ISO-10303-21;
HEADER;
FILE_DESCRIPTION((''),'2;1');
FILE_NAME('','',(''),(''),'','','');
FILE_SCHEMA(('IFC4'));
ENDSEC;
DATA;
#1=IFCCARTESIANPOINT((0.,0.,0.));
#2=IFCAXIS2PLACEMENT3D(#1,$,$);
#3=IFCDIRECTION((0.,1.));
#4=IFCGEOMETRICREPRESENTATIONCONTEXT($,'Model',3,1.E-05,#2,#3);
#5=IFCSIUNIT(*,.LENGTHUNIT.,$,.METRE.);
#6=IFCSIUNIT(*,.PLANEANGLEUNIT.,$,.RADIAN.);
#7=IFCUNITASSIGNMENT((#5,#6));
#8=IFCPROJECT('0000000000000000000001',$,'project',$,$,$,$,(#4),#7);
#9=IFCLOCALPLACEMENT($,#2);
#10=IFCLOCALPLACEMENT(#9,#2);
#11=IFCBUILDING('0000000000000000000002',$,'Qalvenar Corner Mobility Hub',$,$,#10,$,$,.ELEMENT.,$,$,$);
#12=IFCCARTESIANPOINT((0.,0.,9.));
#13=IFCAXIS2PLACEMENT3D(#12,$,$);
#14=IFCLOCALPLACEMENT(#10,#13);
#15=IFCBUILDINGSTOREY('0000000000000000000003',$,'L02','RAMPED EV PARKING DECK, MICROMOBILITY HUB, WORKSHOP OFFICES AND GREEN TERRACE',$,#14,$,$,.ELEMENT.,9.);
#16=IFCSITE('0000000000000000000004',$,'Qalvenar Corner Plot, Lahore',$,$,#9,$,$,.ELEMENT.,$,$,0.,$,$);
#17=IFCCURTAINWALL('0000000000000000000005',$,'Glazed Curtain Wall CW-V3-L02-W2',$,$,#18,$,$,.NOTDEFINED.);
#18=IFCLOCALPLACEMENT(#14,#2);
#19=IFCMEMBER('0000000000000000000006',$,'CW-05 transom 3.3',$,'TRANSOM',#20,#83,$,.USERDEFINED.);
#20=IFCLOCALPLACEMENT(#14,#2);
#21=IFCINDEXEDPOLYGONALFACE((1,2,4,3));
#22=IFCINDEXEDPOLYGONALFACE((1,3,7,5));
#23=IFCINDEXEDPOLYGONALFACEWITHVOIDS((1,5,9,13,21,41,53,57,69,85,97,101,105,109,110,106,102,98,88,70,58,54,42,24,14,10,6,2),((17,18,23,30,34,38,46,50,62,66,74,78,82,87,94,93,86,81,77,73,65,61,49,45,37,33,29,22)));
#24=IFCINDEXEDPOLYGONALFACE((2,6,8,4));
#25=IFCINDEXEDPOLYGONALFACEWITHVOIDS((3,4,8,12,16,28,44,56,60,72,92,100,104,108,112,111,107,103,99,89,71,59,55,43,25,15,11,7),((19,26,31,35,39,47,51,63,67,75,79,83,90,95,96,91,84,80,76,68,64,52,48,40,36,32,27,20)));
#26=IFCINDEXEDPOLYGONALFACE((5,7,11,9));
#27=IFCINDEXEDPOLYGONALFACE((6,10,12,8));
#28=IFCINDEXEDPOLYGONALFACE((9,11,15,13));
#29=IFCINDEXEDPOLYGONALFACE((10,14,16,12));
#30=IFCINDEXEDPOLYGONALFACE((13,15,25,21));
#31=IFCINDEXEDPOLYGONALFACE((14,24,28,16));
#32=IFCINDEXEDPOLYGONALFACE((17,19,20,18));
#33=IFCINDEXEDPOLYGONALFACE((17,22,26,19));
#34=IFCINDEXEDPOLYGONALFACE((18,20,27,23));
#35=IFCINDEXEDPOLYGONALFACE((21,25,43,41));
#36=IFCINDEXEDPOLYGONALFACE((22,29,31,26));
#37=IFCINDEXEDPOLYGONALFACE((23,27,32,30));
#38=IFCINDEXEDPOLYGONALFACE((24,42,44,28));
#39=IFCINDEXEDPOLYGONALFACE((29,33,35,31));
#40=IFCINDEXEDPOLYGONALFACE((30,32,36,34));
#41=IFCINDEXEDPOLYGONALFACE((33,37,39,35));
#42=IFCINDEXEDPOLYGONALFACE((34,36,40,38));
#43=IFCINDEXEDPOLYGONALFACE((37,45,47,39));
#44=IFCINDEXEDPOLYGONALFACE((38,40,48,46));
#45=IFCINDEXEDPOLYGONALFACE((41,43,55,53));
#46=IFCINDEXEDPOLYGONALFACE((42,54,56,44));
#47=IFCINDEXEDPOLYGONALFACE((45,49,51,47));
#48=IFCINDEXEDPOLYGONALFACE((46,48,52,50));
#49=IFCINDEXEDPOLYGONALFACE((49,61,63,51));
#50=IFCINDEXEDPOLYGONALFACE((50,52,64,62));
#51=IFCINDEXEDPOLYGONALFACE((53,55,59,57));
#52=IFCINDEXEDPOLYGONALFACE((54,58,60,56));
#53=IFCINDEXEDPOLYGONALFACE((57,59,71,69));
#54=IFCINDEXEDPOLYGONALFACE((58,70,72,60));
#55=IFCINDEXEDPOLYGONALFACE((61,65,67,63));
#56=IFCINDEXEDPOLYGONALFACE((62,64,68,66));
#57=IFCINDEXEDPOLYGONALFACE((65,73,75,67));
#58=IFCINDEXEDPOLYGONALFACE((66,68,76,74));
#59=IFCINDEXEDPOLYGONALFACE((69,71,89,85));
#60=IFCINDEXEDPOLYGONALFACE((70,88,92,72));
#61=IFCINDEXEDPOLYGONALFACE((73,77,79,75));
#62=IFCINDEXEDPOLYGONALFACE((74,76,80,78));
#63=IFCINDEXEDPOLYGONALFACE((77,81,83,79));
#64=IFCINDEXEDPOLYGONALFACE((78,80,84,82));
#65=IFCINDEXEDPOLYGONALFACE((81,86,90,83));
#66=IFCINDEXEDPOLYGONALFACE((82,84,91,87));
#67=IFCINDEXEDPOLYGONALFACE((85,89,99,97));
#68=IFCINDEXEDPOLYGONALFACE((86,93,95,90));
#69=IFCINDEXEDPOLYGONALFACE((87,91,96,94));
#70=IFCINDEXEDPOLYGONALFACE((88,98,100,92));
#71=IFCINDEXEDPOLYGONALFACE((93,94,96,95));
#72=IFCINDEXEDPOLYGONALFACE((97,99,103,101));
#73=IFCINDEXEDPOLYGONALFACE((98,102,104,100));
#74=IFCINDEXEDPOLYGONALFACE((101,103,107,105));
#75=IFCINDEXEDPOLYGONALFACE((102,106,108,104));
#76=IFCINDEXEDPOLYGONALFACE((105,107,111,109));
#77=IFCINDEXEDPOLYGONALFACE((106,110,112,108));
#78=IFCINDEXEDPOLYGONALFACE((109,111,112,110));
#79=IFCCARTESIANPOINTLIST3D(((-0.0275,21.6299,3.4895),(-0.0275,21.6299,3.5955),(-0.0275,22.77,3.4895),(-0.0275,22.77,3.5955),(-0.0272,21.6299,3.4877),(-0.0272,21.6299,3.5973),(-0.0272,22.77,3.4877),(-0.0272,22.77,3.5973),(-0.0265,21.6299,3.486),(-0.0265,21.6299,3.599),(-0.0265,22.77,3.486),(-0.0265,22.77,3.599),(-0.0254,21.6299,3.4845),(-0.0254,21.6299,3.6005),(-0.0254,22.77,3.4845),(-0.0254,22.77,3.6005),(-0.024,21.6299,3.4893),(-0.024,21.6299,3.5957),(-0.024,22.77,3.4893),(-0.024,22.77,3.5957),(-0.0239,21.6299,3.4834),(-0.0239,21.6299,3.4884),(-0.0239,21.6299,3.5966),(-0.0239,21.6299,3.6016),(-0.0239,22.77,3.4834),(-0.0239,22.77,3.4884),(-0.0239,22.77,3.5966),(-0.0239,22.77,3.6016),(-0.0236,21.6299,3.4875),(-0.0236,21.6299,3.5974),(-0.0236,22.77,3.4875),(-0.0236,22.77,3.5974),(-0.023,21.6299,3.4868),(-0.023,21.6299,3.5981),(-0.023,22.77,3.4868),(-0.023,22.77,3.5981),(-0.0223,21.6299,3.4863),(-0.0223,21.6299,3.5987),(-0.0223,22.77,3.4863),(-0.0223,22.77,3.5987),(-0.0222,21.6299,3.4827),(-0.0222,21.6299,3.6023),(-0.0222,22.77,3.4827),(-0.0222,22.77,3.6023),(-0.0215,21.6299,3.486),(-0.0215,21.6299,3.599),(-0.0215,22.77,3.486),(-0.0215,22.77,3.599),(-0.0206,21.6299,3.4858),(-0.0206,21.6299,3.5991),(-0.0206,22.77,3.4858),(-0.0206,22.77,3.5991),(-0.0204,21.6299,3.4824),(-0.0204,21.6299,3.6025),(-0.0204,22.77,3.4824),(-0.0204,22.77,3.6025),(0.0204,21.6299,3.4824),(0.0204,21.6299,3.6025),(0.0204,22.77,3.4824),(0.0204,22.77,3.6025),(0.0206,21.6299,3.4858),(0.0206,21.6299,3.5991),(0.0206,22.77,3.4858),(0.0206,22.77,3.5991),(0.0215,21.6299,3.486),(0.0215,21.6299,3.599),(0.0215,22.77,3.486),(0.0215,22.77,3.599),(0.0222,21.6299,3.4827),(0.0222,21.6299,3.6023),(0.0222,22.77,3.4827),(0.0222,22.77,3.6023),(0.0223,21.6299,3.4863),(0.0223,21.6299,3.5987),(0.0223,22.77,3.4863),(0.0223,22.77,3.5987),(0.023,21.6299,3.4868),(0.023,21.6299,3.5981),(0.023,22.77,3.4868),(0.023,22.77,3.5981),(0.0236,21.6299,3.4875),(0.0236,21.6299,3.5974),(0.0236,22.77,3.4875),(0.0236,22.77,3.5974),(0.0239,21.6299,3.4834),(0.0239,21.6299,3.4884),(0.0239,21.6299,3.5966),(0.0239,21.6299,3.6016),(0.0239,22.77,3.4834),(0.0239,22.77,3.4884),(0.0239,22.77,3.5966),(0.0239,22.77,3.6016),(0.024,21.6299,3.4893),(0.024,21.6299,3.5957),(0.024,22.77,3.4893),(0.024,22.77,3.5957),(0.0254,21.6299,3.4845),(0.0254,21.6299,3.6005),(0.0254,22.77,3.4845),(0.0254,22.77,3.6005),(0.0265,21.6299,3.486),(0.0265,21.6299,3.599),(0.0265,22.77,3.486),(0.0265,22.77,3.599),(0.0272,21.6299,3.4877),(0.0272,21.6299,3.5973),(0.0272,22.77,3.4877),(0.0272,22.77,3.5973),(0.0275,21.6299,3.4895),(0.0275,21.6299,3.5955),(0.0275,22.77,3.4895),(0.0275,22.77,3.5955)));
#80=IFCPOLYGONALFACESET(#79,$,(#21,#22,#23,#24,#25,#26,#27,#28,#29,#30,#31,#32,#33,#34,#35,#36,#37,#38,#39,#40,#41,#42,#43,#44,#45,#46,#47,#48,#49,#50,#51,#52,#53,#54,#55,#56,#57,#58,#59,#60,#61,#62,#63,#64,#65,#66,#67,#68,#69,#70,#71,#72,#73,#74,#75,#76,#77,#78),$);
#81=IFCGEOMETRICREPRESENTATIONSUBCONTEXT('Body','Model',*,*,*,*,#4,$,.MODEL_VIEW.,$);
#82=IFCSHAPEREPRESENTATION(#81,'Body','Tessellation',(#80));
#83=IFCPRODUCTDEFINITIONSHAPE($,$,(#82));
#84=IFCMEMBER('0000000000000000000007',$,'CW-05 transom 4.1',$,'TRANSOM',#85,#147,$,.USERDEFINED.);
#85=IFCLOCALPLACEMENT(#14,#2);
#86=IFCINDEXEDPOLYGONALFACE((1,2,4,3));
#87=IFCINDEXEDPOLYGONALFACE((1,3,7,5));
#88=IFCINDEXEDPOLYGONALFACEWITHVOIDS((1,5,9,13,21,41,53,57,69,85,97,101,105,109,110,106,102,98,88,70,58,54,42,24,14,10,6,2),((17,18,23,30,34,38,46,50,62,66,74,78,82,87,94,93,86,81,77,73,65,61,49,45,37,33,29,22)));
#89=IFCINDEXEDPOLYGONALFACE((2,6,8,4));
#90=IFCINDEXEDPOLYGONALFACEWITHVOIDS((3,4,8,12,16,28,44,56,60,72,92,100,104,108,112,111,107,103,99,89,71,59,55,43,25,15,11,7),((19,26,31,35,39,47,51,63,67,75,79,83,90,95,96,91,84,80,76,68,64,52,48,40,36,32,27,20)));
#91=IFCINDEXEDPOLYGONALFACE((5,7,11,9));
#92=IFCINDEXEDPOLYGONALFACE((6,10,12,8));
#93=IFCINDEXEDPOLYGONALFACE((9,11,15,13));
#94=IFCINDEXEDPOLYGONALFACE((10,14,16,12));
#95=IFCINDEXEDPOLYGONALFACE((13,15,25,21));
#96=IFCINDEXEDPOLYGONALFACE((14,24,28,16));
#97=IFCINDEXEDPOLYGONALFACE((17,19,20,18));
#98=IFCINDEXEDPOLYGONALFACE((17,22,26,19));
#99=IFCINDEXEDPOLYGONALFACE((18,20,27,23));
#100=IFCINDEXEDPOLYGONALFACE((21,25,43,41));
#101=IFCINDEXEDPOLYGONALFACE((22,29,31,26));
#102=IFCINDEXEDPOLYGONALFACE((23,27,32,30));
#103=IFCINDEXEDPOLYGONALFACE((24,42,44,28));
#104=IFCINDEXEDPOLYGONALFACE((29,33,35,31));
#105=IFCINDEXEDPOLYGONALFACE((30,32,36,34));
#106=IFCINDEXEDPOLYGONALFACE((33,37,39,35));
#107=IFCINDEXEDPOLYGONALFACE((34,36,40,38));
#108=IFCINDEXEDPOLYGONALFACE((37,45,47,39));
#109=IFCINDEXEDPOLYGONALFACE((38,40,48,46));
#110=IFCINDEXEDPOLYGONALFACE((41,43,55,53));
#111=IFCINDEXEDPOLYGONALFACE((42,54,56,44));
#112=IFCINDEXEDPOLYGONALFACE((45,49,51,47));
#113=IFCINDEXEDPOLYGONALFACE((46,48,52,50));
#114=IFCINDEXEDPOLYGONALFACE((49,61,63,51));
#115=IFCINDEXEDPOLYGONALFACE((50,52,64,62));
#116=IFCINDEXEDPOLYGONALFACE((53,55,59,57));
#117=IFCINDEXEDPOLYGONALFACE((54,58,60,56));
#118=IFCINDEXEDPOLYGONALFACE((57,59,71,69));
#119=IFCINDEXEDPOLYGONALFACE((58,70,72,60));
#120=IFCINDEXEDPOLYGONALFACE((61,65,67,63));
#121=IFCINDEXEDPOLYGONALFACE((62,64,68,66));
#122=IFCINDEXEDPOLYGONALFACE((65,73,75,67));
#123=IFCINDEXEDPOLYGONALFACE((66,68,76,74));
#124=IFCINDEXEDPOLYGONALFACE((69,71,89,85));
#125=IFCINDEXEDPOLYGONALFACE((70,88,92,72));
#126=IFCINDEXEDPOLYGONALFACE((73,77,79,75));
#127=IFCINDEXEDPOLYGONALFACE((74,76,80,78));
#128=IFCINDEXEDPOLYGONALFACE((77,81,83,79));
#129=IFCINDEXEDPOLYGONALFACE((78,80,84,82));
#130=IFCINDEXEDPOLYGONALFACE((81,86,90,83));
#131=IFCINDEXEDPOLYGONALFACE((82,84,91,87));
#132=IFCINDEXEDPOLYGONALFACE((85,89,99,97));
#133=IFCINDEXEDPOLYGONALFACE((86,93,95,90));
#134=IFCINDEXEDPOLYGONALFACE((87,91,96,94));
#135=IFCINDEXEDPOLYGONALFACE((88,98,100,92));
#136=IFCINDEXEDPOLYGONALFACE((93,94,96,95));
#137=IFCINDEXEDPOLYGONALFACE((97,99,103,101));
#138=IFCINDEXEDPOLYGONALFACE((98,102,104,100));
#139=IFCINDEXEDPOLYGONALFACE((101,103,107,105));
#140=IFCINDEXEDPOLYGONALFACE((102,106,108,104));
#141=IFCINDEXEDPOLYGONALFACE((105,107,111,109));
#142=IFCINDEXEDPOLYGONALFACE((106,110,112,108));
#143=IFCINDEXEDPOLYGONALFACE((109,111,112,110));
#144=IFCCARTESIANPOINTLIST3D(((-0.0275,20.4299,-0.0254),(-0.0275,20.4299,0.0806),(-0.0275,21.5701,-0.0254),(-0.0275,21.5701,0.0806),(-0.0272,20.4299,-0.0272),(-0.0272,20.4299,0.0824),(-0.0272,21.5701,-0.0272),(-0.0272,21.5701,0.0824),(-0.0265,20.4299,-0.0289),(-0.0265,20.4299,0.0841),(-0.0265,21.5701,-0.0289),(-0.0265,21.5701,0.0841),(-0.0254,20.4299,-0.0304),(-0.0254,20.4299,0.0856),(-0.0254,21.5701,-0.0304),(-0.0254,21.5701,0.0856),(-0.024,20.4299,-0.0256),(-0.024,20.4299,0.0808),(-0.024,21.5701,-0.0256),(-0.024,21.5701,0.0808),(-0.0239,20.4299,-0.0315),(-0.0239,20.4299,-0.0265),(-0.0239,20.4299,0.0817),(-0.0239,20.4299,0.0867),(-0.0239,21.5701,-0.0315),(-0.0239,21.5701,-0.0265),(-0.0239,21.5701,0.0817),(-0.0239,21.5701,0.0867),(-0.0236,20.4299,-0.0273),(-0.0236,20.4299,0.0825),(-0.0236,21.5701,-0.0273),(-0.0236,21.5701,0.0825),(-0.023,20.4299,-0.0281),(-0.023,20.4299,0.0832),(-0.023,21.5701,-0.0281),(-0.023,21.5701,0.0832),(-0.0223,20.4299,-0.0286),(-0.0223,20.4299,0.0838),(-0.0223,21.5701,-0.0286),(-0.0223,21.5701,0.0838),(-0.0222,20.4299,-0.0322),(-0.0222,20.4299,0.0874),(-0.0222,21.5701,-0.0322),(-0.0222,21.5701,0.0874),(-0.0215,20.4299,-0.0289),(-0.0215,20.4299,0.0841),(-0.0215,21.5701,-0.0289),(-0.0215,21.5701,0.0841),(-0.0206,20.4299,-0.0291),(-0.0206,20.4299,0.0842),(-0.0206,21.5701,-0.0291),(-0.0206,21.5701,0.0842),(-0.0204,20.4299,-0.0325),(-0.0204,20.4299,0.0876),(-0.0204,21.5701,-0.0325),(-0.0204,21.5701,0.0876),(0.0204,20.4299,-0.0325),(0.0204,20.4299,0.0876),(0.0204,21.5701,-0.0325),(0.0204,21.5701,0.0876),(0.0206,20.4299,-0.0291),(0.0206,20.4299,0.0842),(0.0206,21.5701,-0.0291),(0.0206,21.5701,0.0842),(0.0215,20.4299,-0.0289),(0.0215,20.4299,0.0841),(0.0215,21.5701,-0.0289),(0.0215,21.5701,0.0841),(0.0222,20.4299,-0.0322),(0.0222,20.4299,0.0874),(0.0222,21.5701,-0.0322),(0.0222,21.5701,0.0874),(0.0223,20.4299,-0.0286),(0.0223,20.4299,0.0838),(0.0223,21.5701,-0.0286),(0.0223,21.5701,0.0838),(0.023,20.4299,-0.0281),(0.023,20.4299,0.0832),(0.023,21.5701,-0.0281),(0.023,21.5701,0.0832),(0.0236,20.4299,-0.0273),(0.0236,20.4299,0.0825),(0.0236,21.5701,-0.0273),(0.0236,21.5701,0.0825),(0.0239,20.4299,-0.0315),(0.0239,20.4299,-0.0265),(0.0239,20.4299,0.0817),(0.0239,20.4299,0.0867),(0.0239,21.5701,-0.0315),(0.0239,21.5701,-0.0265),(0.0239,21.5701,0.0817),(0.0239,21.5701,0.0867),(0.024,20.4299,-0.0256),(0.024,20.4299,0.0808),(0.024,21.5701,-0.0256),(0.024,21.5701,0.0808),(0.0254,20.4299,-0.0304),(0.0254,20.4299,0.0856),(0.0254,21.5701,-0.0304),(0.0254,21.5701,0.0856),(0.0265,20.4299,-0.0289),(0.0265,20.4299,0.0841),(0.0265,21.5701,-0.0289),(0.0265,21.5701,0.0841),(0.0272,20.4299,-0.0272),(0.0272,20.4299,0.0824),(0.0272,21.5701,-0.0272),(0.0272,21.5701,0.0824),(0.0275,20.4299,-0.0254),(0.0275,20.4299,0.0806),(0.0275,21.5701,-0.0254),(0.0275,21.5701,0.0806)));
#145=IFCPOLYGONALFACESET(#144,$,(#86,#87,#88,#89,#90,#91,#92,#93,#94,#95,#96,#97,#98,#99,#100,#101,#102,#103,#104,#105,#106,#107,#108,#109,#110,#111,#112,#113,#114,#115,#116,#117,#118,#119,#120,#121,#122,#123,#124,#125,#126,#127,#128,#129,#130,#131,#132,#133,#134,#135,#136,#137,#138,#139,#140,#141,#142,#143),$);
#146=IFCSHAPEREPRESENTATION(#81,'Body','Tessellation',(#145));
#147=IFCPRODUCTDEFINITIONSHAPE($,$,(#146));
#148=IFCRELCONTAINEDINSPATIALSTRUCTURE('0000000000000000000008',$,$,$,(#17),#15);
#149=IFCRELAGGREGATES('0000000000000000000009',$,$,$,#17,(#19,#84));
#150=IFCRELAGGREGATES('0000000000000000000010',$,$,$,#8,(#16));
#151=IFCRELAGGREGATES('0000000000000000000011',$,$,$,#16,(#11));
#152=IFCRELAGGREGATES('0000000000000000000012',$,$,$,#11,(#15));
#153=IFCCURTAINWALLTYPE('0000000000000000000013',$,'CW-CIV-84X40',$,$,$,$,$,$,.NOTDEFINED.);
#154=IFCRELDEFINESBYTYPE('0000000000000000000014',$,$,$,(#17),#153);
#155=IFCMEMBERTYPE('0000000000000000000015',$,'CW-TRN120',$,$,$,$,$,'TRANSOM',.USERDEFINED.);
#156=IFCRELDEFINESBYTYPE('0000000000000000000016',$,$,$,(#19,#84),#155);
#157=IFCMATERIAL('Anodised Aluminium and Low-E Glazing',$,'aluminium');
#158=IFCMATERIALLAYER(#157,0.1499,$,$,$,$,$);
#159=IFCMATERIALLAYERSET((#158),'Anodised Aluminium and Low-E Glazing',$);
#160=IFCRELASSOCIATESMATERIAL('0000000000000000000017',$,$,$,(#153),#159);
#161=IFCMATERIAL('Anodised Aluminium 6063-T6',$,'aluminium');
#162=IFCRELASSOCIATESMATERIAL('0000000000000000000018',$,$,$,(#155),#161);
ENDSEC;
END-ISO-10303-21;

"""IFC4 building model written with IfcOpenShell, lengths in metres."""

from ifc_helpers import new_model, si_unit, direction, frame, origin, origin_2d, place, context, subcontext, project, spatial, hollow_rectangle, extrude, material, layer, layer_set, material_profile, profile_set, type_object, element, aggregate, save


model = new_model("IFC4")

# Units and contexts
model_context = context("Model", 3, precision=1e-05, world=origin(), true_north=direction((0.0, 1.0)))
body_context = subcontext(model_context, "Body", "Model", "MODEL_VIEW")
ifc_project = project(units=[si_unit("LENGTHUNIT", "METRE"), si_unit("PLANEANGLEUNIT", "RADIAN")], contexts=[model_context])

# Site, building, storey
site_placement = place(None, origin())
site = spatial("IfcSite", under=ifc_project, at=site_placement, Name="Qalvenar Corner Plot, Lahore", CompositionType="ELEMENT", RefElevation=0.0)
building_placement = place(site_placement, origin())
building = spatial("IfcBuilding", under=site, at=building_placement, Name="Qalvenar Corner Mobility Hub", CompositionType="ELEMENT")
storey_placement = place(building_placement, frame((0.0, 0.0, 9.0)))
storey = spatial("IfcBuildingStorey", under=building, at=storey_placement, Name="L02", Description="RAMPED EV PARKING DECK, MICROMOBILITY HUB, WORKSHOP OFFICES AND GREEN TERRACE", CompositionType="ELEMENT", Elevation=9.0)

# Curtain wall, members
ifc_material_1 = material(Name="Anodised Aluminium and Low-E Glazing", Category="aluminium")
ifc_layer_1 = layer(ifc_material_1, 0.1499)
ifc_layer_set_1 = layer_set([ifc_layer_1], Name="Anodised Aluminium and Low-E Glazing")
curtain_wall_type = type_object("IfcCurtainWallType", Name="CW-CIV-84X40", PredefinedType="NOTDEFINED", material=ifc_layer_set_1)
curtain_wall_placement = place(storey_placement, origin())
curtain_wall = element("IfcCurtainWall", 1, at=curtain_wall_placement, inside=storey, type_object=curtain_wall_type, Name="Glazed Curtain Wall CW-V3-L02-W2", PredefinedType="NOTDEFINED")
ifc_material_2 = material(Name="Anodised Aluminium 6063-T6", Category="aluminium")
ifc_material_profile_1 = material_profile(ifc_material_2, hollow_rectangle(XDim=0.0549, YDim=0.1201, WallThickness=0.0034, InnerFilletRadius=0.0034, OuterFilletRadius=0.0071, at=origin_2d()), Name="RHS120x55x3.5")
ifc_profile_set_1 = profile_set([ifc_material_profile_1], Name="Anodised Aluminium 6063-T6")
member_type_1 = type_object("IfcMemberType", Name="CW-TRN120", ElementType="TRANSOM", PredefinedType="USERDEFINED", material=ifc_profile_set_1)
member_1_placement = place(storey_placement, frame((0.0, 22.77, 3.5425), z_axis=(0.0, -1.0, 0.0), x_axis=(1.0, 0.0, 0.0)))
member_1 = element("IfcMember", 2, at=member_1_placement, type_object=member_type_1, Name="CW-05 transom 3.3", ObjectType="TRANSOM", PredefinedType="USERDEFINED", context=body_context, shape_type="SweptSolid", body=[
    extrude(hollow_rectangle(XDim=0.0549, YDim=0.1201, WallThickness=0.0034, InnerFilletRadius=0.0034, OuterFilletRadius=0.0071, at=origin_2d()), origin(), (0.0, 0.0, 1.0), 1.1401),
])
member_2_placement = place(storey_placement, frame((0.0, 21.5701, 0.0276), z_axis=(0.0, -1.0, 0.0), x_axis=(1.0, 0.0, 0.0)))
member_2 = element("IfcMember", 3, at=member_2_placement, type_object=member_type_1, Name="CW-05 transom 4.1", ObjectType="TRANSOM", PredefinedType="USERDEFINED", context=body_context, shape_type="SweptSolid", body=[
    extrude(hollow_rectangle(XDim=0.0549, YDim=0.1201, WallThickness=0.0034, InnerFilletRadius=0.0034, OuterFilletRadius=0.0071, at=origin_2d()), origin(), (0.0, 0.0, 1.0), 1.1401),
])
aggregate(curtain_wall, [member_1, member_2])

save(model, "model.ifc")
